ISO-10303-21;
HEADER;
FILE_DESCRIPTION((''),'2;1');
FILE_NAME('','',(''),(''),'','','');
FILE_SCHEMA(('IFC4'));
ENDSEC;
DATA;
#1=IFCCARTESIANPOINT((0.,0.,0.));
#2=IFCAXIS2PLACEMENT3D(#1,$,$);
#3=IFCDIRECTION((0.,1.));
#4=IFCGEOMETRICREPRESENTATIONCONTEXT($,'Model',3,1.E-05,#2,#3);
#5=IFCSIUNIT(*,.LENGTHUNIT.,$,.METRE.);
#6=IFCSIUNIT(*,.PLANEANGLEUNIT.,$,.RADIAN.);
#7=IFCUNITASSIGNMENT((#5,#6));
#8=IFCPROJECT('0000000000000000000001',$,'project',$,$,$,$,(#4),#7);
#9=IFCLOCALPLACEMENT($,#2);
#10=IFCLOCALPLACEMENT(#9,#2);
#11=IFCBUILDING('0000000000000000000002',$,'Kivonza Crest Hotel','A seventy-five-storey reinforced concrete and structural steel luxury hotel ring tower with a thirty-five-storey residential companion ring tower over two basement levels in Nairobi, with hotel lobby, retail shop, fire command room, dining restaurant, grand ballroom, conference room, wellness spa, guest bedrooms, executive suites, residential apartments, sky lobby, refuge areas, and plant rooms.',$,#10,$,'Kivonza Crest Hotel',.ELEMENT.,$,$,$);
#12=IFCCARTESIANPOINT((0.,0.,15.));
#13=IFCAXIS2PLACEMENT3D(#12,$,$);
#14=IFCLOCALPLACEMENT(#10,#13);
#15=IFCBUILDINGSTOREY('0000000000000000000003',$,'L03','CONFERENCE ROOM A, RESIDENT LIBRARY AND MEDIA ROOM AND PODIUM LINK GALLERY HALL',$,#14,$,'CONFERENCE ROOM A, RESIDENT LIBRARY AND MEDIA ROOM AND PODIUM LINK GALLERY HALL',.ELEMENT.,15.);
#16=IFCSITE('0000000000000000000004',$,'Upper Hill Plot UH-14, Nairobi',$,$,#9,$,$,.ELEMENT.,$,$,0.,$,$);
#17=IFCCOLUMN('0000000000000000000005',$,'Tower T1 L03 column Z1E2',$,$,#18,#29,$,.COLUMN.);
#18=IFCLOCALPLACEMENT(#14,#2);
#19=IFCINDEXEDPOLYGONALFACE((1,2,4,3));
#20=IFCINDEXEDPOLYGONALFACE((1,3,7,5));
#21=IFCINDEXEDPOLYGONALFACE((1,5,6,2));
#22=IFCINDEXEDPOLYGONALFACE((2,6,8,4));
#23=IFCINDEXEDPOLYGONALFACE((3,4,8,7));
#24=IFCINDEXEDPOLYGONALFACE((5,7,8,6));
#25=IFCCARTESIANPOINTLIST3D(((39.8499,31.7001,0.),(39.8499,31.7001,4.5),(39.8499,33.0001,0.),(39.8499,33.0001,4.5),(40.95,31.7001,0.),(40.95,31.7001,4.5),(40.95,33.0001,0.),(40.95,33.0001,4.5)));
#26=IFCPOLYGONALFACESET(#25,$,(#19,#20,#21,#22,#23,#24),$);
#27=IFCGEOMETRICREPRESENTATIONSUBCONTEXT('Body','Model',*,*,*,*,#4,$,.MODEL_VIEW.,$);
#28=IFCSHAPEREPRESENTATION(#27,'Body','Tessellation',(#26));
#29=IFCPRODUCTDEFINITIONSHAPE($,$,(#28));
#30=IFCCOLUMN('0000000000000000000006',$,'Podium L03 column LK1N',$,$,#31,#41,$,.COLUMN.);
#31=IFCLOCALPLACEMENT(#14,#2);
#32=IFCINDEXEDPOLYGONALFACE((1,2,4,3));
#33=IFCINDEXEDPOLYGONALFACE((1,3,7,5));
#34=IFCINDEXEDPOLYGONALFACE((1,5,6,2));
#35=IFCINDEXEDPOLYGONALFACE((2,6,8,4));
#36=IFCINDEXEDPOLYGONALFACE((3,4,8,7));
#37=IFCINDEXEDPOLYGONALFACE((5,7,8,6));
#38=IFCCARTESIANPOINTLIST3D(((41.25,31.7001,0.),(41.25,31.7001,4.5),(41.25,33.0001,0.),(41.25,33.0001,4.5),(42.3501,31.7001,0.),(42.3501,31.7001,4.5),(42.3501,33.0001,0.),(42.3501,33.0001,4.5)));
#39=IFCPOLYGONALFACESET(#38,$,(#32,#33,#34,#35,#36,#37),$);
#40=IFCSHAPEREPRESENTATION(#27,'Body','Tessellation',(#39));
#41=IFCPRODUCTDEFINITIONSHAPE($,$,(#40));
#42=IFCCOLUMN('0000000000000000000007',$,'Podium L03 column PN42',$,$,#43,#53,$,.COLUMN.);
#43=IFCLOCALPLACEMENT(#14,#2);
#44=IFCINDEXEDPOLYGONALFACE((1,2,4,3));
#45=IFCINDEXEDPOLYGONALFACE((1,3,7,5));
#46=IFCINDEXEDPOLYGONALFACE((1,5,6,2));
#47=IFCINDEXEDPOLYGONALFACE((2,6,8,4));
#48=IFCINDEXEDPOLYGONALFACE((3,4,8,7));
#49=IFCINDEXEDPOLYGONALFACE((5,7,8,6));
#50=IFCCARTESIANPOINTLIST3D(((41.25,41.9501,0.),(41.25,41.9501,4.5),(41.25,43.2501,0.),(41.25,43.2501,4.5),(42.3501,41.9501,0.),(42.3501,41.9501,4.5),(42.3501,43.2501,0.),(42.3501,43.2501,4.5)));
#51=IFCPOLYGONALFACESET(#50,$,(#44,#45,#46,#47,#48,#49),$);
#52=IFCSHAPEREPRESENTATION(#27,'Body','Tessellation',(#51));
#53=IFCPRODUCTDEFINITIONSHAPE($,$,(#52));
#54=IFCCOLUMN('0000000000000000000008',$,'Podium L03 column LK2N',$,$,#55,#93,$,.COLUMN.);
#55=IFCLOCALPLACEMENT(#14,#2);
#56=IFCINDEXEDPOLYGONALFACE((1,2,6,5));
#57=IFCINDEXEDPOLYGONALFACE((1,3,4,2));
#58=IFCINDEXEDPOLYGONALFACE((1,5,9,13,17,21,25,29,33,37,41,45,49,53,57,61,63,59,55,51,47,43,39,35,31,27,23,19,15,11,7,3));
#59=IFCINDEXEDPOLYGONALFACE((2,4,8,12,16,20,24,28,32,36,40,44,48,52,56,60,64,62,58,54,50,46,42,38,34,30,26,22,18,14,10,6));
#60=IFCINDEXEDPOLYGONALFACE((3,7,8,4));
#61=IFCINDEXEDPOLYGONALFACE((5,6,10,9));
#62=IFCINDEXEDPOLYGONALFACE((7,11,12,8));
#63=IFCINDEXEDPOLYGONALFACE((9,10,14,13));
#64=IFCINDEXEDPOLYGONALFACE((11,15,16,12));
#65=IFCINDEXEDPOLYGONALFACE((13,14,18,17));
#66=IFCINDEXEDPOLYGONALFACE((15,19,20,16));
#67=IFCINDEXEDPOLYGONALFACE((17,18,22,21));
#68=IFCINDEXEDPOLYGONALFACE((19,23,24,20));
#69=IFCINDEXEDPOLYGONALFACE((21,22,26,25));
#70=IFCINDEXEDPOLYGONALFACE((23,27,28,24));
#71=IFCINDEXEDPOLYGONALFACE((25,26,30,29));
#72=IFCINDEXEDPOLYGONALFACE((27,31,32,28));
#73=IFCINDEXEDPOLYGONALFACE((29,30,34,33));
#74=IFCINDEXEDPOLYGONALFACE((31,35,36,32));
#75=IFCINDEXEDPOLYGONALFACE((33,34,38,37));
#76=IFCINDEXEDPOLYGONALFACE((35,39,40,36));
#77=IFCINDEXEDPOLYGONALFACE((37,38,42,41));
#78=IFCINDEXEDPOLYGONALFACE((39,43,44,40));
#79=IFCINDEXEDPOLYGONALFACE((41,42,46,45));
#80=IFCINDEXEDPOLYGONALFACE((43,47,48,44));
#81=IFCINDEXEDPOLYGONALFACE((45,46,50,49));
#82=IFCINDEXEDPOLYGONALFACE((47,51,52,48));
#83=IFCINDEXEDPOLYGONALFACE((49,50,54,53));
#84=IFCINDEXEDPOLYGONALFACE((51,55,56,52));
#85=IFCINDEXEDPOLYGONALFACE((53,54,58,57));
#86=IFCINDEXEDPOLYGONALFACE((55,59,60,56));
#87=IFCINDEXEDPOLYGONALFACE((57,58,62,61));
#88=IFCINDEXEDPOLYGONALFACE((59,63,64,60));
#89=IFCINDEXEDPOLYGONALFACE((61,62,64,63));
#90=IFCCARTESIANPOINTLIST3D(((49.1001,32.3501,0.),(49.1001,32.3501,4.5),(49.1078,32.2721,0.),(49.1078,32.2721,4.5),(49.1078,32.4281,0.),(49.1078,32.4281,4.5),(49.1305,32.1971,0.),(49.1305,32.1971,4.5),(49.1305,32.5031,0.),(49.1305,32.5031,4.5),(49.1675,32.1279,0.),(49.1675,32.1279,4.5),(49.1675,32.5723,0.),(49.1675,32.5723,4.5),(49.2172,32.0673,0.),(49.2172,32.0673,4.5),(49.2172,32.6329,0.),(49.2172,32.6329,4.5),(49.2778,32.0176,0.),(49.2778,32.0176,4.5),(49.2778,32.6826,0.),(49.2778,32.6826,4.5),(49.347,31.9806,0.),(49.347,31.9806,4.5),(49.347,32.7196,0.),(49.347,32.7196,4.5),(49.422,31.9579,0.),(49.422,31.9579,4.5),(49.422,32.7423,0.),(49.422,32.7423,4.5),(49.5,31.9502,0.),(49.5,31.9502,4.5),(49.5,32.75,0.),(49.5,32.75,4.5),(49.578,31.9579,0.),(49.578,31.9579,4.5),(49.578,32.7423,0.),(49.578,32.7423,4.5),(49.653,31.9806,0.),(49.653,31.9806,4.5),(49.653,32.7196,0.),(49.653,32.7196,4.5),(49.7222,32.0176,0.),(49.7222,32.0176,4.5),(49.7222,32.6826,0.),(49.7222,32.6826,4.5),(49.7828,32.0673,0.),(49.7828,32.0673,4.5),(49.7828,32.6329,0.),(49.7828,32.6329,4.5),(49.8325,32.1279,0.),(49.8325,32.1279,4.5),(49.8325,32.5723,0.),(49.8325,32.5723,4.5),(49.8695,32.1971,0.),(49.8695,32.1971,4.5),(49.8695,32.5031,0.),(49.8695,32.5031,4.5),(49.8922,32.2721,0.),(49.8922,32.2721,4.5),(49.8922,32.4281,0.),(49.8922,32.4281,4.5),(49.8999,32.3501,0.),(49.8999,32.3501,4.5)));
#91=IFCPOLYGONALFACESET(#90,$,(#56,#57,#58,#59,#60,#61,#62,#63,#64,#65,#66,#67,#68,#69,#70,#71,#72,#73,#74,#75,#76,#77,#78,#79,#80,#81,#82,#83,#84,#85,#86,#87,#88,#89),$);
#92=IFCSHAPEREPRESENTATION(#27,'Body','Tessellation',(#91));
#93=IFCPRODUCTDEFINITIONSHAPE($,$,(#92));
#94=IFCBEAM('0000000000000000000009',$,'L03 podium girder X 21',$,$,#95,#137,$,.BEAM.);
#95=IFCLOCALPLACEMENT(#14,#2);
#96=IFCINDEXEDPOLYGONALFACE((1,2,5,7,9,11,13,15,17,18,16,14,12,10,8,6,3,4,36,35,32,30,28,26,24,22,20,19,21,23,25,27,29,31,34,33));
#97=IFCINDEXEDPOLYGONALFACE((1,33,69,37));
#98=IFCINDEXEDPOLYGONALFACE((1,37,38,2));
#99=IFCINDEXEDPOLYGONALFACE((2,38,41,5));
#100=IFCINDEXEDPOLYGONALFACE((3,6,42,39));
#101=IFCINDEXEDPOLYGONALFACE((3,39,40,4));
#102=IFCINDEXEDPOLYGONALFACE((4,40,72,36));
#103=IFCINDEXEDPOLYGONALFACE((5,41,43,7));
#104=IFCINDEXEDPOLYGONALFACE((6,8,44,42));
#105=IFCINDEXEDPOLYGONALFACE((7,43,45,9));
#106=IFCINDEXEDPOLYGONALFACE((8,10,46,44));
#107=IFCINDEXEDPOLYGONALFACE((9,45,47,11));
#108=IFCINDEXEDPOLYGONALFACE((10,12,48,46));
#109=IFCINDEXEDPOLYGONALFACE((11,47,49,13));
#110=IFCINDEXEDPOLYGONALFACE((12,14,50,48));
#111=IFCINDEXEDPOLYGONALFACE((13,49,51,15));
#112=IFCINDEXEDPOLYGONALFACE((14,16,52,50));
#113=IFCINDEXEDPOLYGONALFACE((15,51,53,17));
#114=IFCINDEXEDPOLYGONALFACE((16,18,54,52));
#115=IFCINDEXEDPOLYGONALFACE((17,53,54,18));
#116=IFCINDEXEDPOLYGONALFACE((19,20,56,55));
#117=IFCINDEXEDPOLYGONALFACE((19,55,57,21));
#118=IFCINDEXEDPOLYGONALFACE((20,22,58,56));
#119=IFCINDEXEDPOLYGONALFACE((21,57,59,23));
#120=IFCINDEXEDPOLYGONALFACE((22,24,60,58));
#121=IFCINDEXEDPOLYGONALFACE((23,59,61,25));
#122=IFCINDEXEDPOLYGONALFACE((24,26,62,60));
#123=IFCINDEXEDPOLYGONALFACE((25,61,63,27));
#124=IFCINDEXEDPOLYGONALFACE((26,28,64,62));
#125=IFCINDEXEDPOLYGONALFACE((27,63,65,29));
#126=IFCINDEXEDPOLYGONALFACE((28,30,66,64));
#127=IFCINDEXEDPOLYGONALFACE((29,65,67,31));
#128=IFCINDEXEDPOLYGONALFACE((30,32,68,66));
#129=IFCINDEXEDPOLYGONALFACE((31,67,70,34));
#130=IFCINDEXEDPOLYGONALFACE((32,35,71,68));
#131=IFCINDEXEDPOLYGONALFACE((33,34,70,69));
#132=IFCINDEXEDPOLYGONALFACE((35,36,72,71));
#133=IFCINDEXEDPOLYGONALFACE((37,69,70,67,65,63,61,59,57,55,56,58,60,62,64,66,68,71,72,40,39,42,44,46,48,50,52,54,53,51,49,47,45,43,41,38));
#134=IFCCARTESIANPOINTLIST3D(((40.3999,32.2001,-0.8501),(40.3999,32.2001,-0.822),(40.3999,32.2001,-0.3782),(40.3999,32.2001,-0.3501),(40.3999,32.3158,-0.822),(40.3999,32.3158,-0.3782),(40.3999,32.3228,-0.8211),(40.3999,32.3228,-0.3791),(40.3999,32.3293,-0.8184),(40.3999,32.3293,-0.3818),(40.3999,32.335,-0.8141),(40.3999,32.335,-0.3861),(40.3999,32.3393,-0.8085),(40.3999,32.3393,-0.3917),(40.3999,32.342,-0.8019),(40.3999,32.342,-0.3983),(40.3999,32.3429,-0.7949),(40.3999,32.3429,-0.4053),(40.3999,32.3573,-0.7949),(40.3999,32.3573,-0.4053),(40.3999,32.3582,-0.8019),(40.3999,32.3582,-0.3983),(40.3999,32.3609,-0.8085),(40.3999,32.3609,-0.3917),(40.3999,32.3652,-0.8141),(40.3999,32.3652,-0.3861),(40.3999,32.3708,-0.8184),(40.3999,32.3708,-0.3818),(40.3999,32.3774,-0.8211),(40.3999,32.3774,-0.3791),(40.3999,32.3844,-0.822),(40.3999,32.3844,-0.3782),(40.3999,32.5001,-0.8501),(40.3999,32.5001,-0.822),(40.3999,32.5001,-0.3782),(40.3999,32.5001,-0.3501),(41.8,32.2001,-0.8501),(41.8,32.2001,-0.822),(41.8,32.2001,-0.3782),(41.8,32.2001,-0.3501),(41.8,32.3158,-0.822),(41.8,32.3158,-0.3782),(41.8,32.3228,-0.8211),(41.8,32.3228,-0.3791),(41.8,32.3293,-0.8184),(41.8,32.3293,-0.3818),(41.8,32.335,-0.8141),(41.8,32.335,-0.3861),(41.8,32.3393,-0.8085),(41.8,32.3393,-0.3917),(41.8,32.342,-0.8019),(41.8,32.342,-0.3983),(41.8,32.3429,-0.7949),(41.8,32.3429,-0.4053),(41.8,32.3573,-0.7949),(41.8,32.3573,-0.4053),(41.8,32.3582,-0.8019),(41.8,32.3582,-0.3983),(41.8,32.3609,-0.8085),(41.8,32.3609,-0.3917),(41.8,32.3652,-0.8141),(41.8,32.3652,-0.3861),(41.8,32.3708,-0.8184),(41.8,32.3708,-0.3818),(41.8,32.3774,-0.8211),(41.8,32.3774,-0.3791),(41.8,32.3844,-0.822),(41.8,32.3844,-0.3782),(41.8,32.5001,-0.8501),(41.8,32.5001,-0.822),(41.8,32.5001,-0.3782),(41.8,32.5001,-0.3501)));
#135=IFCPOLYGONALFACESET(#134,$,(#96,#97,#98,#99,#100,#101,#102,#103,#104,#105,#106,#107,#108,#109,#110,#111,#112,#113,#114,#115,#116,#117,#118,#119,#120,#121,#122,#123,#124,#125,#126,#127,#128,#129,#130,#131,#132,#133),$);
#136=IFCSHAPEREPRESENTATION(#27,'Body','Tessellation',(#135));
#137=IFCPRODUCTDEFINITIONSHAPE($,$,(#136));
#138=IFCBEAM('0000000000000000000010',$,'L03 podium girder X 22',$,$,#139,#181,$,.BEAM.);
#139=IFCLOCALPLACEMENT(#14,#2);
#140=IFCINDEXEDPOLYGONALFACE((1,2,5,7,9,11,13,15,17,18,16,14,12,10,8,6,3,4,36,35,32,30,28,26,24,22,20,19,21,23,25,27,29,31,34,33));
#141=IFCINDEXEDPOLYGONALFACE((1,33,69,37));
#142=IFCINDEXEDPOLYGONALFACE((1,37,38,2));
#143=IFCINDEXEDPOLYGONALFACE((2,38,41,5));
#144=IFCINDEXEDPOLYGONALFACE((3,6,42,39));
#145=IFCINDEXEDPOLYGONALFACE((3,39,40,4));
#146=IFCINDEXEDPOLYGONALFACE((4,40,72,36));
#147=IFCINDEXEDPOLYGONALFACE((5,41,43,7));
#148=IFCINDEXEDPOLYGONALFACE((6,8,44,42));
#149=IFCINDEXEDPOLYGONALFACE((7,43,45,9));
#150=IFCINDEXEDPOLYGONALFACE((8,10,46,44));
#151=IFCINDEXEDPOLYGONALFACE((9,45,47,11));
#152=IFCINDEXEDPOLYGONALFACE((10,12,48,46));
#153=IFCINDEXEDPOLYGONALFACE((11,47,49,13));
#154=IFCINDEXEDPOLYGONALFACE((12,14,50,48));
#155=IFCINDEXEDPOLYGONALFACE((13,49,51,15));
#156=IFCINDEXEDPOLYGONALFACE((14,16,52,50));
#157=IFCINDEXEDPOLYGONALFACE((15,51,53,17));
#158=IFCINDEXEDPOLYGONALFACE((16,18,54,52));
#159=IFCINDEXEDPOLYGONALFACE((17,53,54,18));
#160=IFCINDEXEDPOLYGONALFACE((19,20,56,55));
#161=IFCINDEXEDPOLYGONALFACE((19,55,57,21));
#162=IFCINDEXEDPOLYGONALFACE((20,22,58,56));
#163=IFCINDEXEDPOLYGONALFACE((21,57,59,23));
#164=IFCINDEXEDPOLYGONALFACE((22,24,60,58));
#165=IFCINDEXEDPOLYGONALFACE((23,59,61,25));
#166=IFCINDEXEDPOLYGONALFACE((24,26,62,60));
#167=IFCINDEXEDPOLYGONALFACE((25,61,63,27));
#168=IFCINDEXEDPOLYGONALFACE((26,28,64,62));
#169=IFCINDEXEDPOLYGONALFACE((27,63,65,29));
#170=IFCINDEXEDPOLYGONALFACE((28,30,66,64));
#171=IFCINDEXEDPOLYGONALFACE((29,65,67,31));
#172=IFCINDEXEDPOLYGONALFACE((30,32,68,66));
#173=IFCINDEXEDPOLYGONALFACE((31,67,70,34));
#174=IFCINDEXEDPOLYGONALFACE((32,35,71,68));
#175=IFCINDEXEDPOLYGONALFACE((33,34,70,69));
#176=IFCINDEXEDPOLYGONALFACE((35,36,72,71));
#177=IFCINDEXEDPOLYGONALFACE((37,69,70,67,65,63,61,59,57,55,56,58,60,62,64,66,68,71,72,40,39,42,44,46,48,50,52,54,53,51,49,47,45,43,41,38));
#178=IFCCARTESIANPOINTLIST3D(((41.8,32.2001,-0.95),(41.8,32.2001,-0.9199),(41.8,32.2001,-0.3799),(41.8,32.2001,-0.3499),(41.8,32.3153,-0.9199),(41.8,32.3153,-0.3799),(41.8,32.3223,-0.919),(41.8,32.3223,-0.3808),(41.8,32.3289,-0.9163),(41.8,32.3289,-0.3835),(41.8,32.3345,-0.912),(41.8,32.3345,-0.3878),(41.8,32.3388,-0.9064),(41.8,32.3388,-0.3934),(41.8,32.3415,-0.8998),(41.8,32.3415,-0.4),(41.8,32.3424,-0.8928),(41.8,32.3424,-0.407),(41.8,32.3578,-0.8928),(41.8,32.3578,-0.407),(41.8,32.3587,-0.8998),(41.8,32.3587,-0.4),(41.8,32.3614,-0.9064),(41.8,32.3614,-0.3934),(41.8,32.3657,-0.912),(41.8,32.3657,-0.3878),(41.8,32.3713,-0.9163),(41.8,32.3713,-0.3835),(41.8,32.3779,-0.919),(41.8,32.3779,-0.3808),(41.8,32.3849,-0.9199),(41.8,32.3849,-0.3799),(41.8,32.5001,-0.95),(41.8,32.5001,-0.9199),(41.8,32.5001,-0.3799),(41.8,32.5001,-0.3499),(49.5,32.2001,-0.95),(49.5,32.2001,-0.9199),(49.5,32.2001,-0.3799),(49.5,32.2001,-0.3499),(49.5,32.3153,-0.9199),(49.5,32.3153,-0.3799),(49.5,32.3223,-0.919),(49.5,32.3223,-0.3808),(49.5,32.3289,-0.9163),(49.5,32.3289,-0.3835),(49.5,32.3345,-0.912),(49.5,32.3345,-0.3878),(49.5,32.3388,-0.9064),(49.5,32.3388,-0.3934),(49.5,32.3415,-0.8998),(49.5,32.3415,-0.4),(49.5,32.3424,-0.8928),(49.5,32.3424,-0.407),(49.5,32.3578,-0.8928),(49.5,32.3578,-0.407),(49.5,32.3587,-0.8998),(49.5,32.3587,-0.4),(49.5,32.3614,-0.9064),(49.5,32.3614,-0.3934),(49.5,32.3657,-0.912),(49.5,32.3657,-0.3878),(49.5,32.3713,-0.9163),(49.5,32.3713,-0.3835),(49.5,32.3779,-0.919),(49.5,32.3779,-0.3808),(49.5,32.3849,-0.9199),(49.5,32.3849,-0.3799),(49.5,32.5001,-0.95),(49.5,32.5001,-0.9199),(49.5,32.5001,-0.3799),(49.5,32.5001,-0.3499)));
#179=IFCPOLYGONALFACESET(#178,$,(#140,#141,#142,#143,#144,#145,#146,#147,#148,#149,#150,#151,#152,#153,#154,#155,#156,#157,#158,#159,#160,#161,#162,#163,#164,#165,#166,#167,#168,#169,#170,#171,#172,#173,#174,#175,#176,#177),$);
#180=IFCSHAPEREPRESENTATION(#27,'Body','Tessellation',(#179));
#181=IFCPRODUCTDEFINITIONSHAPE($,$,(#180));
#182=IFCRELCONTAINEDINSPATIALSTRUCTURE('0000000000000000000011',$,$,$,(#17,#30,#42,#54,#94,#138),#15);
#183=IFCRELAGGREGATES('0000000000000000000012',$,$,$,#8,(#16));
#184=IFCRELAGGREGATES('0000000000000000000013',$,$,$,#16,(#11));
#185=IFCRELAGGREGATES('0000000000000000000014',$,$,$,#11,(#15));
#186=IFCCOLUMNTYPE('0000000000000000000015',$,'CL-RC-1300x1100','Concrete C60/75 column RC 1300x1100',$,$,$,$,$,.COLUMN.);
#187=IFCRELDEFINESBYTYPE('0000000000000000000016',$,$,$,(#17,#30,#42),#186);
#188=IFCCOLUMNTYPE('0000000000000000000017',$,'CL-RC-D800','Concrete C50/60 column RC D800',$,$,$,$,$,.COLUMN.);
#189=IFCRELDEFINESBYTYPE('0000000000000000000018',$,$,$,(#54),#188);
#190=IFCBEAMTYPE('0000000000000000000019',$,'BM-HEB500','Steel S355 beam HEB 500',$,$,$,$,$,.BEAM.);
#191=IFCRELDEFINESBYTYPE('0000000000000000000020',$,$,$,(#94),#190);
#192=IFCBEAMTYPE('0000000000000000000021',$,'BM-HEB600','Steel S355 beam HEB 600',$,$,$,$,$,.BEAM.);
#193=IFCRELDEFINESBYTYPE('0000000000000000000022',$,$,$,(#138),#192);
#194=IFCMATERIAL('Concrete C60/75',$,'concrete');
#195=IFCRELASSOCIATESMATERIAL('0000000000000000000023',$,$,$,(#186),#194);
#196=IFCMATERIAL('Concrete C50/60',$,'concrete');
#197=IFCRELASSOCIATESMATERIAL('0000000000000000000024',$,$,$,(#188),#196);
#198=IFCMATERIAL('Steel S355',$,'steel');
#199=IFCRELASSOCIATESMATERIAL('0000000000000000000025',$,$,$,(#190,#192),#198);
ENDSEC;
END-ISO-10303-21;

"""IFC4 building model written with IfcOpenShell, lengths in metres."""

from ifc_helpers import new_model, si_unit, direction, frame, origin, origin_2d, place, context, subcontext, project, spatial, rectangle, circle, i_section, extrude, material, material_profile, profile_set, type_object, element, save


model = new_model("IFC4")

# Units and contexts
model_context = context("Model", 3, precision=1e-05, world=origin(), true_north=direction((0.0, 1.0)))
body_context = subcontext(model_context, "Body", "Model", "MODEL_VIEW")
ifc_project = project(units=[si_unit("LENGTHUNIT", "METRE"), si_unit("PLANEANGLEUNIT", "RADIAN")], contexts=[model_context])

# Site, building, storey
site_placement = place(None, origin())
site = spatial("IfcSite", under=ifc_project, at=site_placement, Name="Upper Hill Plot UH-14, Nairobi", CompositionType="ELEMENT", RefElevation=0.0)
building_placement = place(site_placement, origin())
building = spatial("IfcBuilding", under=site, at=building_placement, Name="Kivonza Crest Hotel", Description="A seventy-five-storey reinforced concrete and structural steel luxury hotel ring tower with a thirty-five-storey residential companion ring tower over two basement levels in Nairobi, with hotel lobby, retail shop, fire command room, dining restaurant, grand ballroom, conference room, wellness spa, guest bedrooms, executive suites, residential apartments, sky lobby, refuge areas, and plant rooms.", LongName="Kivonza Crest Hotel", CompositionType="ELEMENT")
storey_placement = place(building_placement, frame((0.0, 0.0, 15.0)))
storey = spatial("IfcBuildingStorey", under=building, at=storey_placement, Name="L03", Description="CONFERENCE ROOM A, RESIDENT LIBRARY AND MEDIA ROOM AND PODIUM LINK GALLERY HALL", LongName="CONFERENCE ROOM A, RESIDENT LIBRARY AND MEDIA ROOM AND PODIUM LINK GALLERY HALL", CompositionType="ELEMENT", Elevation=15.0)

# Columns
ifc_material_1 = material(Name="Concrete C60/75", Category="concrete")
ifc_material_profile_1 = material_profile(ifc_material_1, rectangle(XDim=1.1001, YDim=1.3, at=origin_2d()), Name="RC 1300x1100")
ifc_profile_set_1 = profile_set([ifc_material_profile_1], Name="Concrete C60/75")
column_type_1 = type_object("IfcColumnType", Name="CL-RC-1300x1100", Description="Concrete C60/75 column RC 1300x1100", PredefinedType="COLUMN", material=ifc_profile_set_1)
for number, where, z_axis, x_axis, name in (
    (1, (40.3999, 32.3501, 0.0), (0.0, 0.0, 1.0), (1.0, 0.0, 0.0), "Tower T1 L03 column Z1E2"),
    (2, (41.8, 32.3501, 0.0), (0.0, 0.0, 1.0), (1.0, 0.0, 0.0), "Podium L03 column LK1N"),
    (3, (41.8, 42.6001, 0.0), (0.0, 0.0, 1.0), (1.0, 0.0, 0.0), "Podium L03 column PN42"),
):
    element("IfcColumn", number, at=place(storey_placement, frame(where, z_axis=z_axis, x_axis=x_axis)), inside=storey, type_object=column_type_1, Name=name, PredefinedType="COLUMN", context=body_context, shape_type="SweptSolid", body=[
        extrude(rectangle(XDim=1.1001, YDim=1.3, at=origin_2d()), origin(), (0.0, 0.0, 1.0), 4.5),
    ])
ifc_material_2 = material(Name="Concrete C50/60", Category="concrete")
ifc_material_profile_2 = material_profile(ifc_material_2, circle(Radius=0.3999, at=origin_2d()), Name="RC D800")
ifc_profile_set_2 = profile_set([ifc_material_profile_2], Name="Concrete C50/60")
column_type_2 = type_object("IfcColumnType", Name="CL-RC-D800", Description="Concrete C50/60 column RC D800", PredefinedType="COLUMN", material=ifc_profile_set_2)
column_placement = place(storey_placement, frame((49.5, 32.3501, 0.0), z_axis=(0.0, 0.0, 1.0), x_axis=(1.0, 0.0, 0.0)))
element("IfcColumn", 4, at=column_placement, inside=storey, type_object=column_type_2, Name="Podium L03 column LK2N", PredefinedType="COLUMN", context=body_context, shape_type="SweptSolid", body=[
    extrude(circle(Radius=0.3999, at=origin_2d()), origin(), (0.0, 0.0, 1.0), 4.5),
])

# Beams
ifc_material_3 = material(Name="Steel S355", Category="steel")
ifc_material_profile_3 = material_profile(ifc_material_3, i_section(OverallWidth=0.3, OverallDepth=0.5, WebThickness=0.0144, FlangeThickness=0.0281, FilletRadius=0.0271, at=origin_2d()), Name="HEB 500")
ifc_profile_set_3 = profile_set([ifc_material_profile_3], Name="Steel S355")
beam_type_1 = type_object("IfcBeamType", Name="BM-HEB500", Description="Steel S355 beam HEB 500", PredefinedType="BEAM", material=ifc_profile_set_3)
beam_1_placement = place(storey_placement, frame((40.3999, 32.3501, -0.6001), z_axis=(1.0, 0.0, 0.0), x_axis=(0.0, 1.0, 0.0)))
element("IfcBeam", 5, at=beam_1_placement, inside=storey, type_object=beam_type_1, Name="L03 podium girder X 21", PredefinedType="BEAM", context=body_context, shape_type="SweptSolid", body=[
    extrude(i_section(OverallWidth=0.3, OverallDepth=0.5, WebThickness=0.0144, FlangeThickness=0.0281, FilletRadius=0.0271, at=origin_2d()), origin(), (0.0, 0.0, 1.0), 1.4001),
])
ifc_material_profile_4 = material_profile(ifc_material_3, i_section(OverallWidth=0.3, OverallDepth=0.6001, WebThickness=0.0154, FlangeThickness=0.03, FilletRadius=0.0271, at=origin_2d()), Name="HEB 600")
ifc_profile_set_4 = profile_set([ifc_material_profile_4], Name="Steel S355")
beam_type_2 = type_object("IfcBeamType", Name="BM-HEB600", Description="Steel S355 beam HEB 600", PredefinedType="BEAM", material=ifc_profile_set_4)
beam_2_placement = place(storey_placement, frame((41.8, 32.3501, -0.6499), z_axis=(1.0, 0.0, 0.0), x_axis=(0.0, 1.0, 0.0)))
element("IfcBeam", 6, at=beam_2_placement, inside=storey, type_object=beam_type_2, Name="L03 podium girder X 22", PredefinedType="BEAM", context=body_context, shape_type="SweptSolid", body=[
    extrude(i_section(OverallWidth=0.3, OverallDepth=0.6001, WebThickness=0.0154, FlangeThickness=0.03, FilletRadius=0.0271, at=origin_2d()), origin(), (0.0, 0.0, 1.0), 7.7),
])

save(model, "model.ifc")
